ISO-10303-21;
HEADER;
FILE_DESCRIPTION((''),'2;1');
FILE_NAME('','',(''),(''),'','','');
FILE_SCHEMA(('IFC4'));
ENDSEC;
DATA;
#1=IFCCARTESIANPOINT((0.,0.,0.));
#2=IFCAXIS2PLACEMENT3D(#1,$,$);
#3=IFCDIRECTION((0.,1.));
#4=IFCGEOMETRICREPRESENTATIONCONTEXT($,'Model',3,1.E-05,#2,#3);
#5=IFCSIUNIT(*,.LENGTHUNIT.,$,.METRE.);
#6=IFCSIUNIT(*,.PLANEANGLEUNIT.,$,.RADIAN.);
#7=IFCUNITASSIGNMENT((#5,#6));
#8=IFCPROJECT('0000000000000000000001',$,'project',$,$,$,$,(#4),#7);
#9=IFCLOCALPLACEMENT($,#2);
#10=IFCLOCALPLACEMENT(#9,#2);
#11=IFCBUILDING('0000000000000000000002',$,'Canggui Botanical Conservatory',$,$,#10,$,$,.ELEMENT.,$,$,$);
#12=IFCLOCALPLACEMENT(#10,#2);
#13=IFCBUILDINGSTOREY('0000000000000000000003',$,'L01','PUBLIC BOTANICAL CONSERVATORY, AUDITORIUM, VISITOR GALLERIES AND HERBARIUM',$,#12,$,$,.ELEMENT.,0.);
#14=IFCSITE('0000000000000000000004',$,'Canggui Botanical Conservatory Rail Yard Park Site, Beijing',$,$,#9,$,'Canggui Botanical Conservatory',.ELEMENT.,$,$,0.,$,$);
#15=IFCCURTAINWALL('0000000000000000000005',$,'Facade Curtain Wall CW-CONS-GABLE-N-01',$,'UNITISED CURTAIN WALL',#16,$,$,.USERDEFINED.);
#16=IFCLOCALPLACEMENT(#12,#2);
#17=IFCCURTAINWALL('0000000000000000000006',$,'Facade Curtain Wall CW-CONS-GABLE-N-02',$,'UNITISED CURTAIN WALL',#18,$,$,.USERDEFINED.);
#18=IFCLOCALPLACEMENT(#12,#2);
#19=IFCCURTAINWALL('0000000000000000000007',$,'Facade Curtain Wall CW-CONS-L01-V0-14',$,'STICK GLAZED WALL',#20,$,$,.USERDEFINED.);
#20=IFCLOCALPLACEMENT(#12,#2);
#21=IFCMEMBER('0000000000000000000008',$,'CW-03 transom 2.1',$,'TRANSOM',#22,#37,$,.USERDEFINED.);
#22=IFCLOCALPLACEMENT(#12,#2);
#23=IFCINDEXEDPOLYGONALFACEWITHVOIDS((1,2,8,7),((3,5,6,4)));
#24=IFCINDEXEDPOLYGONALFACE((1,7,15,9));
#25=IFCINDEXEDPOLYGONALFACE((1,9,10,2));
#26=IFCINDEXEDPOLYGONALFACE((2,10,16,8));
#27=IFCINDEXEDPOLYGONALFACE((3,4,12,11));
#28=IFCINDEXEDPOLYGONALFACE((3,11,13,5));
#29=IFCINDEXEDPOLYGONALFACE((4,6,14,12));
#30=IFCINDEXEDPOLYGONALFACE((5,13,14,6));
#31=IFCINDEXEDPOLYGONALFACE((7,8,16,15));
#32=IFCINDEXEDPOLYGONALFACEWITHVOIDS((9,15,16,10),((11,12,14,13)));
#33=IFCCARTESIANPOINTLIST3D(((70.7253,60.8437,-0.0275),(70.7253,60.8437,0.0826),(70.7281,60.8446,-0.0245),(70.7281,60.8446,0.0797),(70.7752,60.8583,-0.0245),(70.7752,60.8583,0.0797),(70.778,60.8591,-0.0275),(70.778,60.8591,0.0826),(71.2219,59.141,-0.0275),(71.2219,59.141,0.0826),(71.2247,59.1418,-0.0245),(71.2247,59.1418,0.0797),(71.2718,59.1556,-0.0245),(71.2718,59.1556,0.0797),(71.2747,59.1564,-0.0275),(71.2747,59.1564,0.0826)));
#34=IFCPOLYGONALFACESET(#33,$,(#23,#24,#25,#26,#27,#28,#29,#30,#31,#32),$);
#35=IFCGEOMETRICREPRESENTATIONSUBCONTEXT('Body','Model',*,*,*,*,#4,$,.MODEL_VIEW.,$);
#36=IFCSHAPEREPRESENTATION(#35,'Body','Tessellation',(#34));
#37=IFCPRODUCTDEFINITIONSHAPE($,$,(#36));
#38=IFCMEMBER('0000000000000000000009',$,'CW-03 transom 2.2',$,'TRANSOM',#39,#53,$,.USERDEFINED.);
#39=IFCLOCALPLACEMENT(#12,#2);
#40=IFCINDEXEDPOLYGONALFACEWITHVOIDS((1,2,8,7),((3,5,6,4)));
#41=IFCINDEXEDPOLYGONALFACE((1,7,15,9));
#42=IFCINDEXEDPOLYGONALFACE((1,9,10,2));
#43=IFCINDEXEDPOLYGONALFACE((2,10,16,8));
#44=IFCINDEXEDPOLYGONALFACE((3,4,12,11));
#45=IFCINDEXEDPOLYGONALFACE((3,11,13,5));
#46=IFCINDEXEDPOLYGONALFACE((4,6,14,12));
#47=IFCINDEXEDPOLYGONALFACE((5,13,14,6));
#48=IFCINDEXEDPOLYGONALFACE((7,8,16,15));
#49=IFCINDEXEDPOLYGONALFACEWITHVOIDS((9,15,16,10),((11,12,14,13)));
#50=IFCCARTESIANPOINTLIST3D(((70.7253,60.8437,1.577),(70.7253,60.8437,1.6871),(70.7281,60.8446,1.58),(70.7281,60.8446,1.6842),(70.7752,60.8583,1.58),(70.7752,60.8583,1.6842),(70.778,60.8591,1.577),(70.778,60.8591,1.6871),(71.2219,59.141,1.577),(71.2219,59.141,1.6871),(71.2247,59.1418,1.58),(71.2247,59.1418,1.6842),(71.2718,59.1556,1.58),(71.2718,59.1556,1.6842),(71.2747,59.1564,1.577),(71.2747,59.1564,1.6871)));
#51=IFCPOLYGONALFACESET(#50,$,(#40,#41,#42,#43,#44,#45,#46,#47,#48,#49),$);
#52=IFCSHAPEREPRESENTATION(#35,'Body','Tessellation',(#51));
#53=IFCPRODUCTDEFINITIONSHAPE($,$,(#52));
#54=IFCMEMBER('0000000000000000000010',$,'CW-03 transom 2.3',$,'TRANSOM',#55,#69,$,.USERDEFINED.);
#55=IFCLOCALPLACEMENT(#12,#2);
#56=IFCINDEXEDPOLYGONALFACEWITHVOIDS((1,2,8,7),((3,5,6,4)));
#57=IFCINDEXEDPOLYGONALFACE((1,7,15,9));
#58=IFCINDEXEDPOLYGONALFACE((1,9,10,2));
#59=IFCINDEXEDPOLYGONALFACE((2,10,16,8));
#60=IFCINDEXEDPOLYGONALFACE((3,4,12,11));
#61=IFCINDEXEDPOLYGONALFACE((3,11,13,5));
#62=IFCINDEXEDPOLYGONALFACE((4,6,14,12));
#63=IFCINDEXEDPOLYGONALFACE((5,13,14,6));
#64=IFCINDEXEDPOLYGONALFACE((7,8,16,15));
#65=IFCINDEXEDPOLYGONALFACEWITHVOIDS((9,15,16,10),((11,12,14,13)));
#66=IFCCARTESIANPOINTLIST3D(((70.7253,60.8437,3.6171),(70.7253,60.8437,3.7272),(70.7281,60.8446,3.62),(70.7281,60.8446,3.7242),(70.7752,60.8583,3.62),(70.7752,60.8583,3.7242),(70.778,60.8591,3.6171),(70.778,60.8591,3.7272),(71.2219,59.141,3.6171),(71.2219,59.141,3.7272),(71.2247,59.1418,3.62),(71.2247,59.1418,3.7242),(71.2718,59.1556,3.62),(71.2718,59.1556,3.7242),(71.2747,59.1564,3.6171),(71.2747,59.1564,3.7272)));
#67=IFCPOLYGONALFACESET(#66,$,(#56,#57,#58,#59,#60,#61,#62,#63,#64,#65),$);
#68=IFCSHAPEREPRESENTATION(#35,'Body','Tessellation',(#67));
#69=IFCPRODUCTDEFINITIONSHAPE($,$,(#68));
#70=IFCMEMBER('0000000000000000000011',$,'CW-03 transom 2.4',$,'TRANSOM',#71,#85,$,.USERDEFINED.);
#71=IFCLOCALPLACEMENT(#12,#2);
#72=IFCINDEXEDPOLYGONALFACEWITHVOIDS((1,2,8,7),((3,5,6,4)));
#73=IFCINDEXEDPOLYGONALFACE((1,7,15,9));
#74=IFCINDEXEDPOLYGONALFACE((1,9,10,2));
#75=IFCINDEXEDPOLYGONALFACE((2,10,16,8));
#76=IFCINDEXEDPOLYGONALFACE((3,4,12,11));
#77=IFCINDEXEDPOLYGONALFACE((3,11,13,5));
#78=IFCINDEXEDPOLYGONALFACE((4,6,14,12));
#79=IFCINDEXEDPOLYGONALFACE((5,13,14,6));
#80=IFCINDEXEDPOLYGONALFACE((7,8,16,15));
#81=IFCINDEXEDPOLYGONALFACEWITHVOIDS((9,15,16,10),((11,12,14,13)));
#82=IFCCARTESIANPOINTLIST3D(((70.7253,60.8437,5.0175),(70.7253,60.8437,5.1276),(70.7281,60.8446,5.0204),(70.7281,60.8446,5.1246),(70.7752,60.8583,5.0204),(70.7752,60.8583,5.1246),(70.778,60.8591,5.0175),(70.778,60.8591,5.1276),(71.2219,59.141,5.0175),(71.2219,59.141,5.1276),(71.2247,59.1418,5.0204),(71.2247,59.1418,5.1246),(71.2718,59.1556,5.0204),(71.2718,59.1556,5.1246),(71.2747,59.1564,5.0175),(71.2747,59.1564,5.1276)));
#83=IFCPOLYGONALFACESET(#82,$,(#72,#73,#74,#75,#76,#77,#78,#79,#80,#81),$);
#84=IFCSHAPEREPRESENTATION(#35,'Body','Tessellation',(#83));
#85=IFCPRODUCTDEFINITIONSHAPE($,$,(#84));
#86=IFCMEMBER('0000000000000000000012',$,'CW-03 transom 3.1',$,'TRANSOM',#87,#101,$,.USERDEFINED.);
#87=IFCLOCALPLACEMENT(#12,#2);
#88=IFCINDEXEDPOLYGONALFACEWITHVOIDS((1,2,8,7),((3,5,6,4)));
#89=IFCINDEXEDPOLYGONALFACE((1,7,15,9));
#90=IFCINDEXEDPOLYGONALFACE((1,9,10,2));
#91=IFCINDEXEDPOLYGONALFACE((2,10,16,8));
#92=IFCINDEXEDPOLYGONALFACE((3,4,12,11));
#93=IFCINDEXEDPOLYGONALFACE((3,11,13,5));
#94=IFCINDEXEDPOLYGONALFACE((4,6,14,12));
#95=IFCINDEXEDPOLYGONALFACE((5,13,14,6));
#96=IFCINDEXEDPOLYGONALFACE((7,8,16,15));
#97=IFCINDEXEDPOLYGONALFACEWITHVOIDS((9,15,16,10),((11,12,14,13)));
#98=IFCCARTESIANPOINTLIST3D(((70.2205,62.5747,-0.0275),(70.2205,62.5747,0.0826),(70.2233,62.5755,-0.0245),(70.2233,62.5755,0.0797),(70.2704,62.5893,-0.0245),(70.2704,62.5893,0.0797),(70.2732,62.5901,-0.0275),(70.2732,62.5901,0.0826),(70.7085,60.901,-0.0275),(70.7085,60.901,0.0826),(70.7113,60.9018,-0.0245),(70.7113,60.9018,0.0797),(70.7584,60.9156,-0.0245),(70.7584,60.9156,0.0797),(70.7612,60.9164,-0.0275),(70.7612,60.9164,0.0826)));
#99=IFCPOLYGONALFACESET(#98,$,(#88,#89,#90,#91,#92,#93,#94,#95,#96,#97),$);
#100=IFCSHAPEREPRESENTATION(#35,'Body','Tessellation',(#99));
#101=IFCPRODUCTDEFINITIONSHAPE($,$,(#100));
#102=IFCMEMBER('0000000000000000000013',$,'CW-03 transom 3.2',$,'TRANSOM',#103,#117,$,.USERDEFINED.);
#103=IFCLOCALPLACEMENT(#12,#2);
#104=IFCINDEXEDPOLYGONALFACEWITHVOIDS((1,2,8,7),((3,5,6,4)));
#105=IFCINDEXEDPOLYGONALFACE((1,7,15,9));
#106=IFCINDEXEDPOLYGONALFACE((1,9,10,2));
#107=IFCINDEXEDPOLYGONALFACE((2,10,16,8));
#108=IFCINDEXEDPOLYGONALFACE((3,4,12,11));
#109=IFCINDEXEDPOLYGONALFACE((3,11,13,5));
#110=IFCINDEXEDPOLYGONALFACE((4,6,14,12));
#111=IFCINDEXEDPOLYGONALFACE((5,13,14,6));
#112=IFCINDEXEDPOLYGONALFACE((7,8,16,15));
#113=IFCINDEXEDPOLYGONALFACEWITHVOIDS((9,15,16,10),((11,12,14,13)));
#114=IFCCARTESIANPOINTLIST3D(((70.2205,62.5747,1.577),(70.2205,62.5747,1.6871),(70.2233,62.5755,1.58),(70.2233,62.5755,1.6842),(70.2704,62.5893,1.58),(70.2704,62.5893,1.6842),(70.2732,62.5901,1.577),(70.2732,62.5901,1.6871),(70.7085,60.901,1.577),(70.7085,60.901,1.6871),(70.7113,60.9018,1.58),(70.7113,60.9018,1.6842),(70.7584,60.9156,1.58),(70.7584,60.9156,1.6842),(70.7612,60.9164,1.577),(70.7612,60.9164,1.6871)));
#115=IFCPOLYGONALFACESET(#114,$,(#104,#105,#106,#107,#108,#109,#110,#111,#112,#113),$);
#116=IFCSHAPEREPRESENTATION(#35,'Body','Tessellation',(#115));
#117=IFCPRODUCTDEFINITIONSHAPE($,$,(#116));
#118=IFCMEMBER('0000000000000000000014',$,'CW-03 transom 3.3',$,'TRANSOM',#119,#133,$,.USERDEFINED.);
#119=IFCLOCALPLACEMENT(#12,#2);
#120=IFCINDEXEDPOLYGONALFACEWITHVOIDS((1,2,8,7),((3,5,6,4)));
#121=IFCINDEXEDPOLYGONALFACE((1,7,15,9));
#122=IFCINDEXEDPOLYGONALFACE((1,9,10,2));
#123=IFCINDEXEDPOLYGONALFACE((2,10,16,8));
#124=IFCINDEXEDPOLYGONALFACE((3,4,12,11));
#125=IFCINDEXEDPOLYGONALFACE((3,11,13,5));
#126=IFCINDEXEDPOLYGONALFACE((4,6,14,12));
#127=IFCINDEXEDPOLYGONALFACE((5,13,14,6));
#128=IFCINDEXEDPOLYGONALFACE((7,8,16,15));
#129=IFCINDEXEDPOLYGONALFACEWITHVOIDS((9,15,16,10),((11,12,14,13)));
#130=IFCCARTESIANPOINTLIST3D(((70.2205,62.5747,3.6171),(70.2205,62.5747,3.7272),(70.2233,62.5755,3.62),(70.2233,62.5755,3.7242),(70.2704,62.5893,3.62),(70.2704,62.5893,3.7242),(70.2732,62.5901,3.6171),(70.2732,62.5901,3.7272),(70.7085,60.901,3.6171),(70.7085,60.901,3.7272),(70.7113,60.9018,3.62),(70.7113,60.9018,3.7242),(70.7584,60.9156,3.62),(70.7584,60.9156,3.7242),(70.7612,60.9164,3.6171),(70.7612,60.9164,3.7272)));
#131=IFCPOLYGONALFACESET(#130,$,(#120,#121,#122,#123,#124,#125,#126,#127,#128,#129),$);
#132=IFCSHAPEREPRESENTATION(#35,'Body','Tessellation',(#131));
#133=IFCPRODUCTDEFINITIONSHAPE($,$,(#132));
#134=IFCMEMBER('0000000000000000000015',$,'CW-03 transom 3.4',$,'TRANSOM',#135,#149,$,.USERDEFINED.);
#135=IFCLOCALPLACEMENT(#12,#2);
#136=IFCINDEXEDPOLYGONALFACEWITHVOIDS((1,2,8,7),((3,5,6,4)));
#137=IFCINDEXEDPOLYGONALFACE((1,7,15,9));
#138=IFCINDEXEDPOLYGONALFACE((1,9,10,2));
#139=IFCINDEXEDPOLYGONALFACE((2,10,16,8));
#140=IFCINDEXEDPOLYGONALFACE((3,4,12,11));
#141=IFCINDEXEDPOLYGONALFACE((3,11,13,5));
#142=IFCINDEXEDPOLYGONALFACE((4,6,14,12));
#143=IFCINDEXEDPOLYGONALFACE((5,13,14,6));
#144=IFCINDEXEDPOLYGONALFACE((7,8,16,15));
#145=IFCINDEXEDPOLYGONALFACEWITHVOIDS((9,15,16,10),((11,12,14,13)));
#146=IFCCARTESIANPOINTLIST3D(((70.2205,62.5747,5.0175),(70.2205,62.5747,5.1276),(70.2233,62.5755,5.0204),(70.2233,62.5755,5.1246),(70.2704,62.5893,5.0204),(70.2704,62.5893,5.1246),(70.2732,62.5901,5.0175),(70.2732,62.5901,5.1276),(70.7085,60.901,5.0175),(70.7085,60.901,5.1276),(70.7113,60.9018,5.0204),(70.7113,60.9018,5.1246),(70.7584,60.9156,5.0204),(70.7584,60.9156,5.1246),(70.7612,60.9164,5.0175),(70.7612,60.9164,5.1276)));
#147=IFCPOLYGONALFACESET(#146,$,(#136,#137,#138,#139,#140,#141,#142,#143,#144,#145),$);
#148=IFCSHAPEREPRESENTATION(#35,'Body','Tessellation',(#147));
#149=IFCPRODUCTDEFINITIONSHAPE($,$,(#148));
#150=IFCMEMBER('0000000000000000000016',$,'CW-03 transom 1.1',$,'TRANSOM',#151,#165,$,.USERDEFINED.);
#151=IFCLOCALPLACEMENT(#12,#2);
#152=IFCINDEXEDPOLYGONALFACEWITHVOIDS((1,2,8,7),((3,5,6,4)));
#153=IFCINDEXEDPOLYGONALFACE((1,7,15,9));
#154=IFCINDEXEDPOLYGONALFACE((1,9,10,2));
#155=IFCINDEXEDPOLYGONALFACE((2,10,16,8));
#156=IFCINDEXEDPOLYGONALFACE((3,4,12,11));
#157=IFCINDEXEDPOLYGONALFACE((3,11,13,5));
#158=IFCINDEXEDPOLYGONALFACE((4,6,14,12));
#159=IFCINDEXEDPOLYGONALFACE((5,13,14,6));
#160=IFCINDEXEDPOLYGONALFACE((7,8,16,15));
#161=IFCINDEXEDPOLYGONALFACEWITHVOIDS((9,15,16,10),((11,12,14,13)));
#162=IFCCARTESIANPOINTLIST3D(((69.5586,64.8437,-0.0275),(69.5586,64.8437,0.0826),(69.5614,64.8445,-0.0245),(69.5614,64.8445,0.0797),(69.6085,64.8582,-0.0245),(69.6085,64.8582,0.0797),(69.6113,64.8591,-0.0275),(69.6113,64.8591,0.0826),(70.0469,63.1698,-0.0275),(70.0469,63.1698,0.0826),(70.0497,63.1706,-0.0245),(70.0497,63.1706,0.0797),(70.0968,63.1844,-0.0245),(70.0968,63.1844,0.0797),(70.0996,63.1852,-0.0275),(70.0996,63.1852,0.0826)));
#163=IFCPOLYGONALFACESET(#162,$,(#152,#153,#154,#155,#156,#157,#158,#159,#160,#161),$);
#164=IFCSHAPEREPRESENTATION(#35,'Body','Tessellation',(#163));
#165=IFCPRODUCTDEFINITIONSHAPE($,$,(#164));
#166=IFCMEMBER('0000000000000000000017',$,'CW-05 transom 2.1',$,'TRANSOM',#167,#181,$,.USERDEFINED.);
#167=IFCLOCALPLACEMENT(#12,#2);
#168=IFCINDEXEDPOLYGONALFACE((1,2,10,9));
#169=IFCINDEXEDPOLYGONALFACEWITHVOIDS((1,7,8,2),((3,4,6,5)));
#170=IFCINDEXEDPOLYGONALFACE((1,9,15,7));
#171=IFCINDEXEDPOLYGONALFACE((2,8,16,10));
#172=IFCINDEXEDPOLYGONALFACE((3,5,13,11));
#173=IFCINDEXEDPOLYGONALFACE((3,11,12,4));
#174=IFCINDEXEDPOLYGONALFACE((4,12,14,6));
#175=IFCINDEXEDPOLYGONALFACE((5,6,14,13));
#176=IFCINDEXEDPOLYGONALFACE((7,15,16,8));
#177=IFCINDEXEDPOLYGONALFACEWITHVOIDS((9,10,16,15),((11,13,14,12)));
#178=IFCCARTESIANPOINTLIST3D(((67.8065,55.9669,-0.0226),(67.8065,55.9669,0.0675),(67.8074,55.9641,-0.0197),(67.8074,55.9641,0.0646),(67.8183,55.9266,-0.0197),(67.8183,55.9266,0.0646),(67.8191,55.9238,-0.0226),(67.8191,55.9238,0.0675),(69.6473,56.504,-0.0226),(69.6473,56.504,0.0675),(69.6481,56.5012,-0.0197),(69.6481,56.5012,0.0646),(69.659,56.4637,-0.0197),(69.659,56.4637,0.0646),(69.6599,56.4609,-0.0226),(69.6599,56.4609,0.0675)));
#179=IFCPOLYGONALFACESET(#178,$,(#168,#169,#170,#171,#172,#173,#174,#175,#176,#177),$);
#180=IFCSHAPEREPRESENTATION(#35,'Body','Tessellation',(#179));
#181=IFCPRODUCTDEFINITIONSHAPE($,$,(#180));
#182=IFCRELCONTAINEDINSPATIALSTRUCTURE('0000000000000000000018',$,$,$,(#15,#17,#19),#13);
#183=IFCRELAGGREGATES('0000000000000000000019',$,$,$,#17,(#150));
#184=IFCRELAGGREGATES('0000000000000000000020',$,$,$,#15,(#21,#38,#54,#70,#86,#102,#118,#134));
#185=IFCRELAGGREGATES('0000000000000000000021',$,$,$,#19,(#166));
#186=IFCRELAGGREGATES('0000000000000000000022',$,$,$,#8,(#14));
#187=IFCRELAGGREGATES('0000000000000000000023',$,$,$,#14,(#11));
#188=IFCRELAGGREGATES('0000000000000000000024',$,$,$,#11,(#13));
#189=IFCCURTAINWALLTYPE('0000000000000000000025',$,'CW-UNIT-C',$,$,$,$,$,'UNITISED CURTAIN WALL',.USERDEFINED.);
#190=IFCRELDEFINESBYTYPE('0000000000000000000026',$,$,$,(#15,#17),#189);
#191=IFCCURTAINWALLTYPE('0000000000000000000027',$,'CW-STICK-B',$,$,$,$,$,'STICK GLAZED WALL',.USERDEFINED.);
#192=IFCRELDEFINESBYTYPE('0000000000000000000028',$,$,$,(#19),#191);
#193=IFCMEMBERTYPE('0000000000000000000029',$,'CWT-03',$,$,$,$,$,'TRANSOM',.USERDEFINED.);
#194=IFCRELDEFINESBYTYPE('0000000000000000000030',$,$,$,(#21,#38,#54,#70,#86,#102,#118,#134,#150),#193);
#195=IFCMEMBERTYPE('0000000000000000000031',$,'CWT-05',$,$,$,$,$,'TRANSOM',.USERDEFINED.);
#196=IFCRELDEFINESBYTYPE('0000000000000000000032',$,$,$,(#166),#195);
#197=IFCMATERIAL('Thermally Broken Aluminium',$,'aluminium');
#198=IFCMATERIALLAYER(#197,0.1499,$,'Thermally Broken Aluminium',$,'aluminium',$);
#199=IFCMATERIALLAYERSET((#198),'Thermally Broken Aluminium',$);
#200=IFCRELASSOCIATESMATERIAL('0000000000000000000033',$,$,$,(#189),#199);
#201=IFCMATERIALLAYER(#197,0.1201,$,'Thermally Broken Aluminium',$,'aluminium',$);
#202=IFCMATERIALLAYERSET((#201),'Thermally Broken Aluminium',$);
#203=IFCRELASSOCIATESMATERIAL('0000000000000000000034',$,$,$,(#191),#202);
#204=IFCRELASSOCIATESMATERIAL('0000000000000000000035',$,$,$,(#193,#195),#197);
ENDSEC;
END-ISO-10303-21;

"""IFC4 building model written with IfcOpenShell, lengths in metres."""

from ifc_helpers import new_model, si_unit, direction, frame, origin, origin_2d, place, context, subcontext, project, spatial, hollow_rectangle, extrude, material, layer, layer_set, material_profile, profile_set, type_object, element, aggregate, save


model = new_model("IFC4")

# Units and contexts
model_context = context("Model", 3, precision=1e-05, world=origin(), true_north=direction((0.0, 1.0)))
body_context = subcontext(model_context, "Body", "Model", "MODEL_VIEW")
ifc_project = project(units=[si_unit("LENGTHUNIT", "METRE"), si_unit("PLANEANGLEUNIT", "RADIAN")], contexts=[model_context])

# Site, building, storey
site_placement = place(None, origin())
site = spatial("IfcSite", under=ifc_project, at=site_placement, Name="Canggui Botanical Conservatory Rail Yard Park Site, Beijing", LongName="Canggui Botanical Conservatory", CompositionType="ELEMENT", RefElevation=0.0)
building_placement = place(site_placement, origin())
building = spatial("IfcBuilding", under=site, at=building_placement, Name="Canggui Botanical Conservatory", CompositionType="ELEMENT")
storey_placement = place(building_placement, origin())
storey = spatial("IfcBuildingStorey", under=building, at=storey_placement, Name="L01", Description="PUBLIC BOTANICAL CONSERVATORY, AUDITORIUM, VISITOR GALLERIES AND HERBARIUM", CompositionType="ELEMENT", Elevation=0.0)

# Curtain wall
ifc_material_1 = material(Name="Thermally Broken Aluminium", Category="aluminium")
ifc_layer_1 = layer(ifc_material_1, 0.1499, Name="Thermally Broken Aluminium", Category="aluminium")
ifc_layer_set_1 = layer_set([ifc_layer_1], Name="Thermally Broken Aluminium")
curtain_wall_type_1 = type_object("IfcCurtainWallType", Name="CW-UNIT-C", ElementType="UNITISED CURTAIN WALL", PredefinedType="USERDEFINED", material=ifc_layer_set_1)
curtain_wall_1_placement = place(storey_placement, origin())
curtain_wall_1 = element("IfcCurtainWall", 1, at=curtain_wall_1_placement, inside=storey, type_object=curtain_wall_type_1, Name="Facade Curtain Wall CW-CONS-GABLE-N-01", ObjectType="UNITISED CURTAIN WALL", PredefinedType="USERDEFINED")

# Curtain wall
curtain_wall_2_placement = place(storey_placement, origin())
curtain_wall_2 = element("IfcCurtainWall", 2, at=curtain_wall_2_placement, inside=storey, type_object=curtain_wall_type_1, Name="Facade Curtain Wall CW-CONS-GABLE-N-02", ObjectType="UNITISED CURTAIN WALL", PredefinedType="USERDEFINED")

# Curtain wall
ifc_layer_2 = layer(ifc_material_1, 0.1201, Name="Thermally Broken Aluminium", Category="aluminium")
ifc_layer_set_2 = layer_set([ifc_layer_2], Name="Thermally Broken Aluminium")
curtain_wall_type_2 = type_object("IfcCurtainWallType", Name="CW-STICK-B", ElementType="STICK GLAZED WALL", PredefinedType="USERDEFINED", material=ifc_layer_set_2)
curtain_wall_3_placement = place(storey_placement, origin())
curtain_wall_3 = element("IfcCurtainWall", 3, at=curtain_wall_3_placement, inside=storey, type_object=curtain_wall_type_2, Name="Facade Curtain Wall CW-CONS-L01-V0-14", ObjectType="STICK GLAZED WALL", PredefinedType="USERDEFINED")

# Members
ifc_material_profile_1 = material_profile(ifc_material_1, hollow_rectangle(XDim=0.0549, YDim=0.1101, WallThickness=0.0029, at=origin_2d()), Name="CWT 55x110x3")
ifc_profile_set_1 = profile_set([ifc_material_profile_1], Name="Thermally Broken Aluminium")
member_type_1 = type_object("IfcMemberType", Name="CWT-03", ElementType="TRANSOM", PredefinedType="USERDEFINED", material=ifc_profile_set_1)
member_1_placement = place(storey_placement, frame((71.2483, 59.1487, 0.0276), z_axis=(-0.279989, 0.960003, 0.0), x_axis=(-0.960003, -0.279989, 0.0)))
member_1 = element("IfcMember", 4, at=member_1_placement, type_object=member_type_1, Name="CW-03 transom 2.1", ObjectType="TRANSOM", PredefinedType="USERDEFINED", context=body_context, shape_type="SweptSolid", body=[
    extrude(hollow_rectangle(XDim=0.0549, YDim=0.1101, WallThickness=0.0029, at=origin_2d()), origin(), (0.0, 0.0, 1.0), 1.7737),
])
member_2_placement = place(storey_placement, frame((71.2483, 59.1487, 1.6321), z_axis=(-0.279989, 0.960003, 0.0), x_axis=(-0.960003, -0.279989, 0.0)))
member_2 = element("IfcMember", 5, at=member_2_placement, type_object=member_type_1, Name="CW-03 transom 2.2", ObjectType="TRANSOM", PredefinedType="USERDEFINED", context=body_context, shape_type="SweptSolid", body=[
    extrude(hollow_rectangle(XDim=0.0549, YDim=0.1101, WallThickness=0.0029, at=origin_2d()), origin(), (0.0, 0.0, 1.0), 1.7737),
])
member_3_placement = place(storey_placement, frame((71.2483, 59.1487, 3.6721), z_axis=(-0.279989, 0.960003, 0.0), x_axis=(-0.960003, -0.279989, 0.0)))
member_3 = element("IfcMember", 6, at=member_3_placement, type_object=member_type_1, Name="CW-03 transom 2.3", ObjectType="TRANSOM", PredefinedType="USERDEFINED", context=body_context, shape_type="SweptSolid", body=[
    extrude(hollow_rectangle(XDim=0.0549, YDim=0.1101, WallThickness=0.0029, at=origin_2d()), origin(), (0.0, 0.0, 1.0), 1.7737),
])
member_4_placement = place(storey_placement, frame((71.2483, 59.1487, 5.0725), z_axis=(-0.279989, 0.960003, 0.0), x_axis=(-0.960003, -0.279989, 0.0)))
member_4 = element("IfcMember", 7, at=member_4_placement, type_object=member_type_1, Name="CW-03 transom 2.4", ObjectType="TRANSOM", PredefinedType="USERDEFINED", context=body_context, shape_type="SweptSolid", body=[
    extrude(hollow_rectangle(XDim=0.0549, YDim=0.1101, WallThickness=0.0029, at=origin_2d()), origin(), (0.0, 0.0, 1.0), 1.7737),
])
member_5_placement = place(storey_placement, frame((70.7349, 60.9087, 0.0276), z_axis=(-0.279914, 0.960025, 0.0), x_axis=(-0.960025, -0.279914, 0.0)))
member_5 = element("IfcMember", 8, at=member_5_placement, type_object=member_type_1, Name="CW-03 transom 3.1", ObjectType="TRANSOM", PredefinedType="USERDEFINED", context=body_context, shape_type="SweptSolid", body=[
    extrude(hollow_rectangle(XDim=0.0549, YDim=0.1101, WallThickness=0.0029, at=origin_2d()), origin(), (0.0, 0.0, 1.0), 1.7434),
])
member_6_placement = place(storey_placement, frame((70.7349, 60.9087, 1.6321), z_axis=(-0.279914, 0.960025, 0.0), x_axis=(-0.960025, -0.279914, 0.0)))
member_6 = element("IfcMember", 9, at=member_6_placement, type_object=member_type_1, Name="CW-03 transom 3.2", ObjectType="TRANSOM", PredefinedType="USERDEFINED", context=body_context, shape_type="SweptSolid", body=[
    extrude(hollow_rectangle(XDim=0.0549, YDim=0.1101, WallThickness=0.0029, at=origin_2d()), origin(), (0.0, 0.0, 1.0), 1.7434),
])
member_7_placement = place(storey_placement, frame((70.7349, 60.9087, 3.6721), z_axis=(-0.279914, 0.960025, 0.0), x_axis=(-0.960025, -0.279914, 0.0)))
member_7 = element("IfcMember", 10, at=member_7_placement, type_object=member_type_1, Name="CW-03 transom 3.3", ObjectType="TRANSOM", PredefinedType="USERDEFINED", context=body_context, shape_type="SweptSolid", body=[
    extrude(hollow_rectangle(XDim=0.0549, YDim=0.1101, WallThickness=0.0029, at=origin_2d()), origin(), (0.0, 0.0, 1.0), 1.7434),
])
member_8_placement = place(storey_placement, frame((70.7349, 60.9087, 5.0725), z_axis=(-0.279914, 0.960025, 0.0), x_axis=(-0.960025, -0.279914, 0.0)))
member_8 = element("IfcMember", 11, at=member_8_placement, type_object=member_type_1, Name="CW-03 transom 3.4", ObjectType="TRANSOM", PredefinedType="USERDEFINED", context=body_context, shape_type="SweptSolid", body=[
    extrude(hollow_rectangle(XDim=0.0549, YDim=0.1101, WallThickness=0.0029, at=origin_2d()), origin(), (0.0, 0.0, 1.0), 1.7434),
])
member_9_placement = place(storey_placement, frame((70.0732, 63.1775, 0.0276), z_axis=(-0.280043, 0.959987, 0.0), x_axis=(-0.959987, -0.280043, 0.0)))
member_9 = element("IfcMember", 12, at=member_9_placement, type_object=member_type_1, Name="CW-03 transom 1.1", ObjectType="TRANSOM", PredefinedType="USERDEFINED", context=body_context, shape_type="SweptSolid", body=[
    extrude(hollow_rectangle(XDim=0.0549, YDim=0.1101, WallThickness=0.0029, at=origin_2d()), origin(), (0.0, 0.0, 1.0), 1.7437),
])
aggregate(curtain_wall_2, [member_9])
ifc_material_profile_2 = material_profile(ifc_material_1, hollow_rectangle(XDim=0.0449, YDim=0.0901, WallThickness=0.0029, at=origin_2d()), Name="CWT 45x90x3")
ifc_profile_set_2 = profile_set([ifc_material_profile_2], Name="Thermally Broken Aluminium")
member_type_2 = type_object("IfcMemberType", Name="CWT-05", ElementType="TRANSOM", PredefinedType="USERDEFINED", material=ifc_profile_set_2)
member_10_placement = place(storey_placement, frame((69.6536, 56.4824, 0.0225), z_axis=(-0.959971, -0.280098, 0.0), x_axis=(0.280098, -0.959971, 0.0)))
member_10 = element("IfcMember", 13, at=member_10_placement, type_object=member_type_2, Name="CW-05 transom 2.1", ObjectType="TRANSOM", PredefinedType="USERDEFINED", context=body_context, shape_type="SweptSolid", body=[
    extrude(hollow_rectangle(XDim=0.0449, YDim=0.0901, WallThickness=0.0029, at=origin_2d()), origin(), (0.0, 0.0, 1.0), 1.9175),
])

aggregate(curtain_wall_1, [member_1, member_2, member_3, member_4, member_5, member_6, member_7, member_8])
aggregate(curtain_wall_3, [member_10])

save(model, "model.ifc")
